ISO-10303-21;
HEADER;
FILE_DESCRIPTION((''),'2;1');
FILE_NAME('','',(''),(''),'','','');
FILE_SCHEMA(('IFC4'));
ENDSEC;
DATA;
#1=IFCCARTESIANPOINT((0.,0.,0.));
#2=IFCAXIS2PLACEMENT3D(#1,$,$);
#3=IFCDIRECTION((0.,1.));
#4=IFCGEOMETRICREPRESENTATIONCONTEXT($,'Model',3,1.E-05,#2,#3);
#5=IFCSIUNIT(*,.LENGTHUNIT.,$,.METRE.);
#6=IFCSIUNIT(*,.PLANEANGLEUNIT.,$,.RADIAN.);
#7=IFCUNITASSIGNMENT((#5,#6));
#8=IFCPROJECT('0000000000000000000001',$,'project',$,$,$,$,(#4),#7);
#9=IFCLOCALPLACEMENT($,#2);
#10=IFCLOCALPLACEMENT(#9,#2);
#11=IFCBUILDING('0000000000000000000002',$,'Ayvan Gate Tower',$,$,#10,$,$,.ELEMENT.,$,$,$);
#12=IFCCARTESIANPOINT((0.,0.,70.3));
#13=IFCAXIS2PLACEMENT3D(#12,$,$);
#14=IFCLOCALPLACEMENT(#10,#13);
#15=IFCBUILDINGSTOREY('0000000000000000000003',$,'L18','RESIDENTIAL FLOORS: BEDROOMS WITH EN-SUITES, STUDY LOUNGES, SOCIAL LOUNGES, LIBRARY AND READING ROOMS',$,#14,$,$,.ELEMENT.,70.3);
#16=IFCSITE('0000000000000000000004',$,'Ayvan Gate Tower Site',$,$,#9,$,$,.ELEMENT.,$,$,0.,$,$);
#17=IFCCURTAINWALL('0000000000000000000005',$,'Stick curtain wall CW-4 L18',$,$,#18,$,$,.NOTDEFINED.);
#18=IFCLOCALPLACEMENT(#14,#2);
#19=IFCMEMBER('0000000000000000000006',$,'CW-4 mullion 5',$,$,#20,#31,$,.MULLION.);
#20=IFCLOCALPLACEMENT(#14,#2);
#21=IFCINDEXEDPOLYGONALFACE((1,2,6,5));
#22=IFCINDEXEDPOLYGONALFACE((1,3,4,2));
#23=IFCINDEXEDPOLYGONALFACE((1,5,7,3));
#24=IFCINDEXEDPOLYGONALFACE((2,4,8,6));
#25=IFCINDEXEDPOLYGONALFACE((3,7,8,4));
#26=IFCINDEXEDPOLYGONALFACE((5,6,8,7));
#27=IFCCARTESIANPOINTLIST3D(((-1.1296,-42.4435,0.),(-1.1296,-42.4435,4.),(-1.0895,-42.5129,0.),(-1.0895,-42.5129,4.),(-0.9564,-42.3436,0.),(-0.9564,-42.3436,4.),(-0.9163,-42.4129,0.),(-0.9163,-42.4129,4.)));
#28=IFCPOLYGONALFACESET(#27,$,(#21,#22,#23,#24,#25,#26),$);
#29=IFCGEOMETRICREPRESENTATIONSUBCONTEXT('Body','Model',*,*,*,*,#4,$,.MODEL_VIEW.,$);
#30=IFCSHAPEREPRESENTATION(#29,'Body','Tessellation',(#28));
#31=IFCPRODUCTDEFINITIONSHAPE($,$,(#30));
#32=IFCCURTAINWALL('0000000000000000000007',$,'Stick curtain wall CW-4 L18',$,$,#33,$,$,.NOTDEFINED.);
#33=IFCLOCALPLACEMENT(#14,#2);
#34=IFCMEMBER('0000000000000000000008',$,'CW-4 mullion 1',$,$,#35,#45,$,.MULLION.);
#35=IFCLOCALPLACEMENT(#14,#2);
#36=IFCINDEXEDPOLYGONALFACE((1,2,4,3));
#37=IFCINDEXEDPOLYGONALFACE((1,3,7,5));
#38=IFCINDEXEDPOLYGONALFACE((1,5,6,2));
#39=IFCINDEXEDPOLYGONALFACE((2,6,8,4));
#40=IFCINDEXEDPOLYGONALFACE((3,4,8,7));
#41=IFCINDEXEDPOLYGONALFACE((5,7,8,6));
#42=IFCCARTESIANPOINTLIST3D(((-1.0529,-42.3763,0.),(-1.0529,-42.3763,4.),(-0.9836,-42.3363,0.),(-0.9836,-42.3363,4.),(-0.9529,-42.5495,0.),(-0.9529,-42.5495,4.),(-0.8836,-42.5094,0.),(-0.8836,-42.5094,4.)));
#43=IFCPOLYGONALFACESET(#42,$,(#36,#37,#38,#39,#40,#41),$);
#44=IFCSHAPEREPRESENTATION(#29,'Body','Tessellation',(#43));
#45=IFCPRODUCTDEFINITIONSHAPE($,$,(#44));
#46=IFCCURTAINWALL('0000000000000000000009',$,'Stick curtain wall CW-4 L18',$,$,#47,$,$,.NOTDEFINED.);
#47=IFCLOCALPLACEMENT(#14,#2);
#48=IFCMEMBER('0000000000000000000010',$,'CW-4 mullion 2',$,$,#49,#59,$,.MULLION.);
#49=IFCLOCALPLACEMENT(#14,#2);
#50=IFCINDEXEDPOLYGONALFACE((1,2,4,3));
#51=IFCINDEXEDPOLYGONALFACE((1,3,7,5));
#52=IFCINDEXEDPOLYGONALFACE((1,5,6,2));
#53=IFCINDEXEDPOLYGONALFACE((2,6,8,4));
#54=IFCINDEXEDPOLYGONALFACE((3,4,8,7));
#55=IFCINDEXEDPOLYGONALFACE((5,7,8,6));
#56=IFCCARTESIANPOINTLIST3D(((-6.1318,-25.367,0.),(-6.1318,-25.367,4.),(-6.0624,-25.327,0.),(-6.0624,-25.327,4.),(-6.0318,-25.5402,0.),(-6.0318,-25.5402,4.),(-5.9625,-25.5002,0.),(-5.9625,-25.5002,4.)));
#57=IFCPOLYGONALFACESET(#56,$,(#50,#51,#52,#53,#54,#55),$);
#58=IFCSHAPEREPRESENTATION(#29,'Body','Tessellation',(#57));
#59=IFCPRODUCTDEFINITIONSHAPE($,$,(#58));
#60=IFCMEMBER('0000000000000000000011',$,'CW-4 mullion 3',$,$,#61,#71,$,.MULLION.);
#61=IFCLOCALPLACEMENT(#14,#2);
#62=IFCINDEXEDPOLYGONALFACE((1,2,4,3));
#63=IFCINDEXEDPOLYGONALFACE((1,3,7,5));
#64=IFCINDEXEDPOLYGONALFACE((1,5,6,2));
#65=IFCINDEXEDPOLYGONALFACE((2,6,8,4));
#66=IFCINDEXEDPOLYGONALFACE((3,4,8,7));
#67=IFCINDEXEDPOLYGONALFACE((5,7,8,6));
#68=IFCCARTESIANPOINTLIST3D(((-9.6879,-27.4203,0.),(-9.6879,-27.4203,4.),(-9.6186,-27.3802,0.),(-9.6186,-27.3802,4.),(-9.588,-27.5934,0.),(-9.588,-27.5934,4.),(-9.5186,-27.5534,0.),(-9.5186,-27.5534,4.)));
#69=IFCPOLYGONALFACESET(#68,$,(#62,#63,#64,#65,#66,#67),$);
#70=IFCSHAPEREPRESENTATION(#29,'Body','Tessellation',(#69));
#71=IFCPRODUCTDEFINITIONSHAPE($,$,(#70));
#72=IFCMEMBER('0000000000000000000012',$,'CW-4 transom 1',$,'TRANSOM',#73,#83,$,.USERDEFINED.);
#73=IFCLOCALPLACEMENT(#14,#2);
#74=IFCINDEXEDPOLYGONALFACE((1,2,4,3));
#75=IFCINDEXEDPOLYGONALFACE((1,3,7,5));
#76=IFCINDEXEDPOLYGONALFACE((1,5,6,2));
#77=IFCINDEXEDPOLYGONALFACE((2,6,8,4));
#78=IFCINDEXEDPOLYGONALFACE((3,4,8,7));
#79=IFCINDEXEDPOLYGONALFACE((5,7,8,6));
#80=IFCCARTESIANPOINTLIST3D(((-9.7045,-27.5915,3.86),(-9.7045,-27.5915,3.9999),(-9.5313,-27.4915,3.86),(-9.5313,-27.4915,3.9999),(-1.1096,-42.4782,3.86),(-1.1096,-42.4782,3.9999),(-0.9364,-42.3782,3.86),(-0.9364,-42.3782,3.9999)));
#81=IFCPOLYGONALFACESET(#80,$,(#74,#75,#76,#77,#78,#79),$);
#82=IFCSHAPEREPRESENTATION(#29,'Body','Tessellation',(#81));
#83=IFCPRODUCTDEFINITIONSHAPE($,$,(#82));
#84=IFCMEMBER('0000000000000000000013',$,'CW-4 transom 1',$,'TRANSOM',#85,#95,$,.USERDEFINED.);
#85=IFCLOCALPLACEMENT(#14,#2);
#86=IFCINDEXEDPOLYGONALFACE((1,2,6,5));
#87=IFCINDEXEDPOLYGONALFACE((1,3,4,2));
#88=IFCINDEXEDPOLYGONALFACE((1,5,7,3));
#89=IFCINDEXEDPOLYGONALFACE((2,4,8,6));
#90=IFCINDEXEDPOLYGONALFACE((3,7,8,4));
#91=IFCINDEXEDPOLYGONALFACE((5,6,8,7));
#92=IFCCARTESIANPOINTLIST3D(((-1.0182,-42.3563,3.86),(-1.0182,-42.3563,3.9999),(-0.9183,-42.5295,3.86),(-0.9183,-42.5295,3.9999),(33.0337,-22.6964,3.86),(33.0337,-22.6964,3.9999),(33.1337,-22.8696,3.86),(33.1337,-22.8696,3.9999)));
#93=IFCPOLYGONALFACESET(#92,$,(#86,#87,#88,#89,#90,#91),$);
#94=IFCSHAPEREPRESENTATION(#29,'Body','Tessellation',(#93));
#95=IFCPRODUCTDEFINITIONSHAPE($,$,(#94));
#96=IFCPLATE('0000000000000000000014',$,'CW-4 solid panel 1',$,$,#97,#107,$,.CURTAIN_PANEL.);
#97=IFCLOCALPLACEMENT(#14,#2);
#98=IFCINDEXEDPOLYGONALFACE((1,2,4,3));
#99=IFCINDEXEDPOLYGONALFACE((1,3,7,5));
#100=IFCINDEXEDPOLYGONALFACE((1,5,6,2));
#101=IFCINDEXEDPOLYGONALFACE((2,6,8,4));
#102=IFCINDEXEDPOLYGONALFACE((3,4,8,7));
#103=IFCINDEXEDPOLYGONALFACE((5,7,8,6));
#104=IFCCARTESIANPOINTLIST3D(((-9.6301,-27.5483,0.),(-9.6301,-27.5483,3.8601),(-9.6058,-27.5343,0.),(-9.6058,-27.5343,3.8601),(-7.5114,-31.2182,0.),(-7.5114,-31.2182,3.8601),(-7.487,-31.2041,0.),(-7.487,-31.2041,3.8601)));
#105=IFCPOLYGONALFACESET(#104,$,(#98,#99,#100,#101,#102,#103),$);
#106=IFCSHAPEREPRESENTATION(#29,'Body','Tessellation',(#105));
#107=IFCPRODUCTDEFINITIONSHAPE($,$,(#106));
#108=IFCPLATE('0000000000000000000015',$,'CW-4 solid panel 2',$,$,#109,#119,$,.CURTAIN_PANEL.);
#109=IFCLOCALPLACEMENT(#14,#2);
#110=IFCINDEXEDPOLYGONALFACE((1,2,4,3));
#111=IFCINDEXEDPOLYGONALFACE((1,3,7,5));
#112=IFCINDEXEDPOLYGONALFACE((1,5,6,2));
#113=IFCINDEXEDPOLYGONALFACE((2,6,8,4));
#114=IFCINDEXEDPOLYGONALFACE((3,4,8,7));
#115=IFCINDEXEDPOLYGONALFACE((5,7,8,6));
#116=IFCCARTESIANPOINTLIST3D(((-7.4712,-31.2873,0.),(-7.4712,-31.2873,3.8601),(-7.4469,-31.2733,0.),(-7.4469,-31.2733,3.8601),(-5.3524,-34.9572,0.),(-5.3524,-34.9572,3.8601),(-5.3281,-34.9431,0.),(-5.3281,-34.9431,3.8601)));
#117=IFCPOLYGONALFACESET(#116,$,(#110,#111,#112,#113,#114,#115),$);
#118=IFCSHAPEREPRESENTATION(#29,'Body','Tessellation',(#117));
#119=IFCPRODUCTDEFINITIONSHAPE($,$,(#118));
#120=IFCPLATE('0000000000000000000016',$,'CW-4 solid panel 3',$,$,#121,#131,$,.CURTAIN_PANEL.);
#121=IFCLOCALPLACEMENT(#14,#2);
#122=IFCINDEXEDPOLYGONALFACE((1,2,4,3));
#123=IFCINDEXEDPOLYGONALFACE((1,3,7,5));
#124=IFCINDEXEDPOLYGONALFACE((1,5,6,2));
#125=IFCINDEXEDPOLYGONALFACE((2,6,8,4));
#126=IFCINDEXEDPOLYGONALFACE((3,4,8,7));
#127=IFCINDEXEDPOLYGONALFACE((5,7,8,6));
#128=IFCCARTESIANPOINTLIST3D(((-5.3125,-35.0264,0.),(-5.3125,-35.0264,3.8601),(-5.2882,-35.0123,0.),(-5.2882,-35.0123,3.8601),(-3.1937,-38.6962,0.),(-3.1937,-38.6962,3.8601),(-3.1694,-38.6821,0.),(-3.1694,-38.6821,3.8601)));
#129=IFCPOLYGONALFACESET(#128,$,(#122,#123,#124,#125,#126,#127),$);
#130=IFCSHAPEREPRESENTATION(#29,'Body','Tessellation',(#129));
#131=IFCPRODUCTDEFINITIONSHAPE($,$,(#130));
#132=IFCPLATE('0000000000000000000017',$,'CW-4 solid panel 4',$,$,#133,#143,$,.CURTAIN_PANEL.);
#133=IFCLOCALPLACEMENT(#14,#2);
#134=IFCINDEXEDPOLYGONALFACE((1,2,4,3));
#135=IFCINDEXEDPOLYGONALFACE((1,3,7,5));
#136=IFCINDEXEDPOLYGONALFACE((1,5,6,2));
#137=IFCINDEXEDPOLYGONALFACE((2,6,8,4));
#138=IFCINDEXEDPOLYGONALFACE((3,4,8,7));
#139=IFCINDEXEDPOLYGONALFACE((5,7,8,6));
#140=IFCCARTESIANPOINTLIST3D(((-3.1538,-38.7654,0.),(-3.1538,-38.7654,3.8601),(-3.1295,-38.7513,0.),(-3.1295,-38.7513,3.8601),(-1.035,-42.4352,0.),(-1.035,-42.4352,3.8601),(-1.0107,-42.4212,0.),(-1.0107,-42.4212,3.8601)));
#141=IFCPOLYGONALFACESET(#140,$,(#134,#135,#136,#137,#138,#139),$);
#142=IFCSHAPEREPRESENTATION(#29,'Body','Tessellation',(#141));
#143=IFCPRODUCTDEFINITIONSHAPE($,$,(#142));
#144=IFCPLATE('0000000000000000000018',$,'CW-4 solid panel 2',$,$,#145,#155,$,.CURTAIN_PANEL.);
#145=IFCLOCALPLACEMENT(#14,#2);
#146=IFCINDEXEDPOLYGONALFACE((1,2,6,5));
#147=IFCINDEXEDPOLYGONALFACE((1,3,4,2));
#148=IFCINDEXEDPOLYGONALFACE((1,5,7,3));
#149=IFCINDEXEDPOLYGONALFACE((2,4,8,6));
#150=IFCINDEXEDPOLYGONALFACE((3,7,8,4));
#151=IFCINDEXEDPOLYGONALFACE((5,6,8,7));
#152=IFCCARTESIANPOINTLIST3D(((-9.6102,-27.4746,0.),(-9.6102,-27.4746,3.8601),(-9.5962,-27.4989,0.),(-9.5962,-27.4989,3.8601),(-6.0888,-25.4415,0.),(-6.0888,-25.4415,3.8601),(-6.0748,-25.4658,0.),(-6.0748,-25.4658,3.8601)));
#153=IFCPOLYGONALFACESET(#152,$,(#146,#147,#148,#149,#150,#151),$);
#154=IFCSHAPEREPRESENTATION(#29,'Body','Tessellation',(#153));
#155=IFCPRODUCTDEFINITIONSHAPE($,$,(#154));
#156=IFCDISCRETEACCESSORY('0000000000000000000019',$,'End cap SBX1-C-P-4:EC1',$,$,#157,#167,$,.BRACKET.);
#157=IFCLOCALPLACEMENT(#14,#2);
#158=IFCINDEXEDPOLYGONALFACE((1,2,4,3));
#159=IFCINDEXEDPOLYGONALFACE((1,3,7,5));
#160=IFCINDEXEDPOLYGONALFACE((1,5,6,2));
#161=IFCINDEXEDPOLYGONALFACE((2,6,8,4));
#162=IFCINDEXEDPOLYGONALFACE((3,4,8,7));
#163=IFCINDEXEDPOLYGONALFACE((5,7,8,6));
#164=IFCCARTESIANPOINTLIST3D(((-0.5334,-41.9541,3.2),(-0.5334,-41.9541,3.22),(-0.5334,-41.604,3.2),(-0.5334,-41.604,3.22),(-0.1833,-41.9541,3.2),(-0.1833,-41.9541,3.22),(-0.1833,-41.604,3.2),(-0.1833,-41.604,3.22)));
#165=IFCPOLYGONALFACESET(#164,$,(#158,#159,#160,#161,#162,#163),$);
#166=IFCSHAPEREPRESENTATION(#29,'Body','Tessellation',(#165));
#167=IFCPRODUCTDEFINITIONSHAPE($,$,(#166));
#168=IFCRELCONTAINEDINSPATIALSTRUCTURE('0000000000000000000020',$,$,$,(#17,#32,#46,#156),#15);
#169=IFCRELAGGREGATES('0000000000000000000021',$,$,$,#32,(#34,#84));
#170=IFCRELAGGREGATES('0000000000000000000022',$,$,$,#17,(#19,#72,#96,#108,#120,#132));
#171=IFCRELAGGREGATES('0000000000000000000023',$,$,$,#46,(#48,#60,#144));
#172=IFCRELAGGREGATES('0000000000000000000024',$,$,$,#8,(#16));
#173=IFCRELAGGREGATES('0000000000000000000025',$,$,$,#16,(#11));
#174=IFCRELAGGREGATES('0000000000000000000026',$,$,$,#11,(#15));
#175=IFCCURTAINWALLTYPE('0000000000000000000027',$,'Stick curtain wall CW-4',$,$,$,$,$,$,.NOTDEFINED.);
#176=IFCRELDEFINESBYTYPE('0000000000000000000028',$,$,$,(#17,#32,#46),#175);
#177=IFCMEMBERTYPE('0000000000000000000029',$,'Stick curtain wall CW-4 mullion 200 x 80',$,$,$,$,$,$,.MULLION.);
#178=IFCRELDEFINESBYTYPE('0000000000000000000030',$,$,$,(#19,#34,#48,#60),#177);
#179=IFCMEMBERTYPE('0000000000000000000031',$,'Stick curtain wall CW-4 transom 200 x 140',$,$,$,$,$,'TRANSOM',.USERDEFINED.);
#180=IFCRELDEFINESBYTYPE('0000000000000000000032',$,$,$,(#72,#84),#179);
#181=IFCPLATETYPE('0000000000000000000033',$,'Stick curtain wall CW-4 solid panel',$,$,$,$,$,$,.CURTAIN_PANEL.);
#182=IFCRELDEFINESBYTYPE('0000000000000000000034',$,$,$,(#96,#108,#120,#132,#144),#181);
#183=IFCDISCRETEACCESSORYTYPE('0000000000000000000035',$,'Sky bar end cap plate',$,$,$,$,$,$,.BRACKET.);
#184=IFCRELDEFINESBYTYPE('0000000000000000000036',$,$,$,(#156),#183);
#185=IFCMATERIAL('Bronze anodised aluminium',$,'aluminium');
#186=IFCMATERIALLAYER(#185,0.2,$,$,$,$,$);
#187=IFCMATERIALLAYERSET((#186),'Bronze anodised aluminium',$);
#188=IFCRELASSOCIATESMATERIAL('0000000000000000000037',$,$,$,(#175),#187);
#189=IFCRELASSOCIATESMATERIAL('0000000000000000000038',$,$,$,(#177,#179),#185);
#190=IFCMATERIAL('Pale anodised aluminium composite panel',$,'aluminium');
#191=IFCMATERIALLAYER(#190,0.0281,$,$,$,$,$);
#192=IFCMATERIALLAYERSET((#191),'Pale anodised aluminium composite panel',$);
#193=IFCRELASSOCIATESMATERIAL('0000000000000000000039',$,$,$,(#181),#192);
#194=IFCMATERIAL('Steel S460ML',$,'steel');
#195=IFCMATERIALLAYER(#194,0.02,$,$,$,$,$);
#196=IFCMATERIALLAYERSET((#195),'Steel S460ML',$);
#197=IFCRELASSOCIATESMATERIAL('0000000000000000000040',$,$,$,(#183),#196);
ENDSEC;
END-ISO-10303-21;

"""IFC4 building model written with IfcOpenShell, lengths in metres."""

from ifc_helpers import new_model, si_unit, direction, frame, origin, origin_2d, place, context, subcontext, project, spatial, rectangle, extrude, material, layer, layer_set, material_profile, profile_set, type_object, element, aggregate, save


model = new_model("IFC4")

# Units and contexts
model_context = context("Model", 3, precision=1e-05, world=origin(), true_north=direction((0.0, 1.0)))
body_context = subcontext(model_context, "Body", "Model", "MODEL_VIEW")
ifc_project = project(units=[si_unit("LENGTHUNIT", "METRE"), si_unit("PLANEANGLEUNIT", "RADIAN")], contexts=[model_context])

# Site, building, storey
site_placement = place(None, origin())
site = spatial("IfcSite", under=ifc_project, at=site_placement, Name="Ayvan Gate Tower Site", CompositionType="ELEMENT", RefElevation=0.0)
building_placement = place(site_placement, origin())
building = spatial("IfcBuilding", under=site, at=building_placement, Name="Ayvan Gate Tower", CompositionType="ELEMENT")
storey_placement = place(building_placement, frame((0.0, 0.0, 70.3)))
storey = spatial("IfcBuildingStorey", under=building, at=storey_placement, Name="L18", Description="RESIDENTIAL FLOORS: BEDROOMS WITH EN-SUITES, STUDY LOUNGES, SOCIAL LOUNGES, LIBRARY AND READING ROOMS", CompositionType="ELEMENT", Elevation=70.3)

# Curtain wall, member
ifc_material_1 = material(Name="Bronze anodised aluminium", Category="aluminium")
ifc_layer_1 = layer(ifc_material_1, 0.2)
ifc_layer_set_1 = layer_set([ifc_layer_1], Name="Bronze anodised aluminium")
curtain_wall_type = type_object("IfcCurtainWallType", Name="Stick curtain wall CW-4", PredefinedType="NOTDEFINED", material=ifc_layer_set_1)
curtain_wall_1_placement = place(storey_placement, origin())
curtain_wall_1 = element("IfcCurtainWall", 1, at=curtain_wall_1_placement, inside=storey, type_object=curtain_wall_type, Name="Stick curtain wall CW-4 L18", PredefinedType="NOTDEFINED")
ifc_material_profile_1 = material_profile(ifc_material_1, rectangle(XDim=0.2, YDim=0.0801, at=origin_2d()), Name="Stick curtain wall CW-4 mullion 200 x 80")
ifc_profile_set_1 = profile_set([ifc_material_profile_1], Name="Bronze anodised aluminium")
member_type_1 = type_object("IfcMemberType", Name="Stick curtain wall CW-4 mullion 200 x 80", PredefinedType="MULLION", material=ifc_profile_set_1)
member_1_placement = place(storey_placement, frame((-1.0229, -42.4282, 0.0), z_axis=(0.0, 0.0, 1.0), x_axis=(-0.866025, -0.5, 0.0)))
member_1 = element("IfcMember", 2, at=member_1_placement, type_object=member_type_1, Name="CW-4 mullion 5", PredefinedType="MULLION", context=body_context, shape_type="SweptSolid", body=[
    extrude(rectangle(XDim=0.2, YDim=0.0801, at=origin_2d()), origin(), (0.0, 0.0, 1.0), 4.0),
])

# Curtain wall, member
curtain_wall_2_placement = place(storey_placement, origin())
curtain_wall_2 = element("IfcCurtainWall", 3, at=curtain_wall_2_placement, inside=storey, type_object=curtain_wall_type, Name="Stick curtain wall CW-4 L18", PredefinedType="NOTDEFINED")
member_2_placement = place(storey_placement, frame((-0.9683, -42.4429, 0.0), z_axis=(0.0, 0.0, 1.0), x_axis=(0.5, -0.866025, 0.0)))
member_2 = element("IfcMember", 4, at=member_2_placement, type_object=member_type_1, Name="CW-4 mullion 1", PredefinedType="MULLION", context=body_context, shape_type="SweptSolid", body=[
    extrude(rectangle(XDim=0.2, YDim=0.0801, at=origin_2d()), origin(), (0.0, 0.0, 1.0), 4.0),
])

# Curtain wall, members
curtain_wall_3_placement = place(storey_placement, origin())
curtain_wall_3 = element("IfcCurtainWall", 5, at=curtain_wall_3_placement, inside=storey, type_object=curtain_wall_type, Name="Stick curtain wall CW-4 L18", PredefinedType="NOTDEFINED")
member_3_placement = place(storey_placement, frame((-6.0471, -25.4336, 0.0), z_axis=(0.0, 0.0, 1.0), x_axis=(-0.5, 0.866025, 0.0)))
member_3 = element("IfcMember", 6, at=member_3_placement, type_object=member_type_1, Name="CW-4 mullion 2", PredefinedType="MULLION", context=body_context, shape_type="SweptSolid", body=[
    extrude(rectangle(XDim=0.2, YDim=0.0801, at=origin_2d()), origin(), (0.0, 0.0, 1.0), 4.0),
])
member_4_placement = place(storey_placement, frame((-9.6033, -27.4868, 0.0), z_axis=(0.0, 0.0, 1.0), x_axis=(-0.5, 0.866025, 0.0)))
member_4 = element("IfcMember", 7, at=member_4_placement, type_object=member_type_1, Name="CW-4 mullion 3", PredefinedType="MULLION", context=body_context, shape_type="SweptSolid", body=[
    extrude(rectangle(XDim=0.2, YDim=0.0801, at=origin_2d()), origin(), (0.0, 0.0, 1.0), 4.0),
])

# Members
ifc_material_profile_2 = material_profile(ifc_material_1, rectangle(XDim=0.2, YDim=0.1399, at=origin_2d()), Name="Stick curtain wall CW-4 transom 200 x 140")
ifc_profile_set_2 = profile_set([ifc_material_profile_2], Name="Bronze anodised aluminium")
member_type_2 = type_object("IfcMemberType", Name="Stick curtain wall CW-4 transom 200 x 140", ElementType="TRANSOM", PredefinedType="USERDEFINED", material=ifc_profile_set_2)
member_5_placement = place(storey_placement, frame((-9.6179, -27.5415, 3.9299), z_axis=(0.500005, -0.866022, 0.0), x_axis=(0.866022, 0.500005, 0.0)))
member_5 = element("IfcMember", 8, at=member_5_placement, type_object=member_type_2, Name="CW-4 transom 1", ObjectType="TRANSOM", PredefinedType="USERDEFINED", context=body_context, shape_type="SweptSolid", body=[
    extrude(rectangle(XDim=0.2, YDim=0.1399, at=origin_2d()), origin(), (0.0, 0.0, 1.0), 17.1897),
])
member_6_placement = place(storey_placement, frame((-0.9683, -42.4429, 3.9299), z_axis=(0.866026, 0.5, 0.0), x_axis=(-0.5, 0.866026, 0.0)))
member_6 = element("IfcMember", 9, at=member_6_placement, type_object=member_type_2, Name="CW-4 transom 1", ObjectType="TRANSOM", PredefinedType="USERDEFINED", context=body_context, shape_type="SweptSolid", body=[
    extrude(rectangle(XDim=0.2, YDim=0.1399, at=origin_2d()), origin(), (0.0, 0.0, 1.0), 39.3198),
])
aggregate(curtain_wall_2, [member_2, member_6])

# Plates
ifc_material_2 = material(Name="Pale anodised aluminium composite panel", Category="aluminium")
ifc_layer_2 = layer(ifc_material_2, 0.0281)
ifc_layer_set_2 = layer_set([ifc_layer_2], Name="Pale anodised aluminium composite panel")
plate_type = type_object("IfcPlateType", Name="Stick curtain wall CW-4 solid panel", PredefinedType="CURTAIN_PANEL", material=ifc_layer_set_2)
plate_1_placement = place(storey_placement, frame((-8.5586, -29.3762, 0.0), z_axis=(0.0, 0.0, 1.0), x_axis=(0.5, -0.866025, 0.0)))
plate_1 = element("IfcPlate", 10, at=plate_1_placement, type_object=plate_type, Name="CW-4 solid panel 1", PredefinedType="CURTAIN_PANEL", context=body_context, shape_type="SweptSolid", body=[
    extrude(rectangle(XDim=4.2375, YDim=0.0281, at=origin_2d()), origin(), (0.0, 0.0, 1.0), 3.8601),
])
plate_2_placement = place(storey_placement, frame((-6.3997, -33.1152, 0.0), z_axis=(0.0, 0.0, 1.0), x_axis=(0.5, -0.866025, 0.0)))
plate_2 = element("IfcPlate", 11, at=plate_2_placement, type_object=plate_type, Name="CW-4 solid panel 2", PredefinedType="CURTAIN_PANEL", context=body_context, shape_type="SweptSolid", body=[
    extrude(rectangle(XDim=4.2375, YDim=0.0281, at=origin_2d()), origin(), (0.0, 0.0, 1.0), 3.8601),
])
plate_3_placement = place(storey_placement, frame((-4.241, -36.8542, 0.0), z_axis=(0.0, 0.0, 1.0), x_axis=(0.5, -0.866025, 0.0)))
plate_3 = element("IfcPlate", 12, at=plate_3_placement, type_object=plate_type, Name="CW-4 solid panel 3", PredefinedType="CURTAIN_PANEL", context=body_context, shape_type="SweptSolid", body=[
    extrude(rectangle(XDim=4.2375, YDim=0.0281, at=origin_2d()), origin(), (0.0, 0.0, 1.0), 3.8601),
])
plate_4_placement = place(storey_placement, frame((-2.0823, -40.5933, 0.0), z_axis=(0.0, 0.0, 1.0), x_axis=(0.5, -0.866025, 0.0)))
plate_4 = element("IfcPlate", 13, at=plate_4_placement, type_object=plate_type, Name="CW-4 solid panel 4", PredefinedType="CURTAIN_PANEL", context=body_context, shape_type="SweptSolid", body=[
    extrude(rectangle(XDim=4.2375, YDim=0.0281, at=origin_2d()), origin(), (0.0, 0.0, 1.0), 3.8601),
])
aggregate(curtain_wall_1, [member_1, member_5, plate_1, plate_2, plate_3, plate_4])
plate_5_placement = place(storey_placement, frame((-7.8425, -26.4702, 0.0), z_axis=(0.0, 0.0, 1.0), x_axis=(-0.866025, -0.5, 0.0)))
plate_5 = element("IfcPlate", 14, at=plate_5_placement, type_object=plate_type, Name="CW-4 solid panel 2", PredefinedType="CURTAIN_PANEL", context=body_context, shape_type="SweptSolid", body=[
    extrude(rectangle(XDim=4.0662, YDim=0.0281, at=origin_2d()), origin(), (0.0, 0.0, 1.0), 3.8601),
])
aggregate(curtain_wall_3, [member_3, member_4, plate_5])

# Discrete accessory
ifc_material_3 = material(Name="Steel S460ML", Category="steel")
ifc_layer_3 = layer(ifc_material_3, 0.02)
ifc_layer_set_3 = layer_set([ifc_layer_3], Name="Steel S460ML")
discrete_accessory_type = type_object("IfcDiscreteAccessoryType", Name="Sky bar end cap plate", PredefinedType="BRACKET", material=ifc_layer_set_3)
discrete_accessory_placement = place(storey_placement, frame((-0.3584, -41.7791, 3.2), z_axis=(0.0, 0.0, 1.0), x_axis=(1.0, 0.0, 0.0)))
element("IfcDiscreteAccessory", 15, at=discrete_accessory_placement, inside=storey, type_object=discrete_accessory_type, Name="End cap SBX1-C-P-4:EC1", PredefinedType="BRACKET", context=body_context, shape_type="SweptSolid", body=[
    extrude(rectangle(XDim=0.3501, YDim=0.3501, at=origin_2d()), origin(), (0.0, 0.0, 1.0), 0.02),
])

save(model, "model.ifc")
